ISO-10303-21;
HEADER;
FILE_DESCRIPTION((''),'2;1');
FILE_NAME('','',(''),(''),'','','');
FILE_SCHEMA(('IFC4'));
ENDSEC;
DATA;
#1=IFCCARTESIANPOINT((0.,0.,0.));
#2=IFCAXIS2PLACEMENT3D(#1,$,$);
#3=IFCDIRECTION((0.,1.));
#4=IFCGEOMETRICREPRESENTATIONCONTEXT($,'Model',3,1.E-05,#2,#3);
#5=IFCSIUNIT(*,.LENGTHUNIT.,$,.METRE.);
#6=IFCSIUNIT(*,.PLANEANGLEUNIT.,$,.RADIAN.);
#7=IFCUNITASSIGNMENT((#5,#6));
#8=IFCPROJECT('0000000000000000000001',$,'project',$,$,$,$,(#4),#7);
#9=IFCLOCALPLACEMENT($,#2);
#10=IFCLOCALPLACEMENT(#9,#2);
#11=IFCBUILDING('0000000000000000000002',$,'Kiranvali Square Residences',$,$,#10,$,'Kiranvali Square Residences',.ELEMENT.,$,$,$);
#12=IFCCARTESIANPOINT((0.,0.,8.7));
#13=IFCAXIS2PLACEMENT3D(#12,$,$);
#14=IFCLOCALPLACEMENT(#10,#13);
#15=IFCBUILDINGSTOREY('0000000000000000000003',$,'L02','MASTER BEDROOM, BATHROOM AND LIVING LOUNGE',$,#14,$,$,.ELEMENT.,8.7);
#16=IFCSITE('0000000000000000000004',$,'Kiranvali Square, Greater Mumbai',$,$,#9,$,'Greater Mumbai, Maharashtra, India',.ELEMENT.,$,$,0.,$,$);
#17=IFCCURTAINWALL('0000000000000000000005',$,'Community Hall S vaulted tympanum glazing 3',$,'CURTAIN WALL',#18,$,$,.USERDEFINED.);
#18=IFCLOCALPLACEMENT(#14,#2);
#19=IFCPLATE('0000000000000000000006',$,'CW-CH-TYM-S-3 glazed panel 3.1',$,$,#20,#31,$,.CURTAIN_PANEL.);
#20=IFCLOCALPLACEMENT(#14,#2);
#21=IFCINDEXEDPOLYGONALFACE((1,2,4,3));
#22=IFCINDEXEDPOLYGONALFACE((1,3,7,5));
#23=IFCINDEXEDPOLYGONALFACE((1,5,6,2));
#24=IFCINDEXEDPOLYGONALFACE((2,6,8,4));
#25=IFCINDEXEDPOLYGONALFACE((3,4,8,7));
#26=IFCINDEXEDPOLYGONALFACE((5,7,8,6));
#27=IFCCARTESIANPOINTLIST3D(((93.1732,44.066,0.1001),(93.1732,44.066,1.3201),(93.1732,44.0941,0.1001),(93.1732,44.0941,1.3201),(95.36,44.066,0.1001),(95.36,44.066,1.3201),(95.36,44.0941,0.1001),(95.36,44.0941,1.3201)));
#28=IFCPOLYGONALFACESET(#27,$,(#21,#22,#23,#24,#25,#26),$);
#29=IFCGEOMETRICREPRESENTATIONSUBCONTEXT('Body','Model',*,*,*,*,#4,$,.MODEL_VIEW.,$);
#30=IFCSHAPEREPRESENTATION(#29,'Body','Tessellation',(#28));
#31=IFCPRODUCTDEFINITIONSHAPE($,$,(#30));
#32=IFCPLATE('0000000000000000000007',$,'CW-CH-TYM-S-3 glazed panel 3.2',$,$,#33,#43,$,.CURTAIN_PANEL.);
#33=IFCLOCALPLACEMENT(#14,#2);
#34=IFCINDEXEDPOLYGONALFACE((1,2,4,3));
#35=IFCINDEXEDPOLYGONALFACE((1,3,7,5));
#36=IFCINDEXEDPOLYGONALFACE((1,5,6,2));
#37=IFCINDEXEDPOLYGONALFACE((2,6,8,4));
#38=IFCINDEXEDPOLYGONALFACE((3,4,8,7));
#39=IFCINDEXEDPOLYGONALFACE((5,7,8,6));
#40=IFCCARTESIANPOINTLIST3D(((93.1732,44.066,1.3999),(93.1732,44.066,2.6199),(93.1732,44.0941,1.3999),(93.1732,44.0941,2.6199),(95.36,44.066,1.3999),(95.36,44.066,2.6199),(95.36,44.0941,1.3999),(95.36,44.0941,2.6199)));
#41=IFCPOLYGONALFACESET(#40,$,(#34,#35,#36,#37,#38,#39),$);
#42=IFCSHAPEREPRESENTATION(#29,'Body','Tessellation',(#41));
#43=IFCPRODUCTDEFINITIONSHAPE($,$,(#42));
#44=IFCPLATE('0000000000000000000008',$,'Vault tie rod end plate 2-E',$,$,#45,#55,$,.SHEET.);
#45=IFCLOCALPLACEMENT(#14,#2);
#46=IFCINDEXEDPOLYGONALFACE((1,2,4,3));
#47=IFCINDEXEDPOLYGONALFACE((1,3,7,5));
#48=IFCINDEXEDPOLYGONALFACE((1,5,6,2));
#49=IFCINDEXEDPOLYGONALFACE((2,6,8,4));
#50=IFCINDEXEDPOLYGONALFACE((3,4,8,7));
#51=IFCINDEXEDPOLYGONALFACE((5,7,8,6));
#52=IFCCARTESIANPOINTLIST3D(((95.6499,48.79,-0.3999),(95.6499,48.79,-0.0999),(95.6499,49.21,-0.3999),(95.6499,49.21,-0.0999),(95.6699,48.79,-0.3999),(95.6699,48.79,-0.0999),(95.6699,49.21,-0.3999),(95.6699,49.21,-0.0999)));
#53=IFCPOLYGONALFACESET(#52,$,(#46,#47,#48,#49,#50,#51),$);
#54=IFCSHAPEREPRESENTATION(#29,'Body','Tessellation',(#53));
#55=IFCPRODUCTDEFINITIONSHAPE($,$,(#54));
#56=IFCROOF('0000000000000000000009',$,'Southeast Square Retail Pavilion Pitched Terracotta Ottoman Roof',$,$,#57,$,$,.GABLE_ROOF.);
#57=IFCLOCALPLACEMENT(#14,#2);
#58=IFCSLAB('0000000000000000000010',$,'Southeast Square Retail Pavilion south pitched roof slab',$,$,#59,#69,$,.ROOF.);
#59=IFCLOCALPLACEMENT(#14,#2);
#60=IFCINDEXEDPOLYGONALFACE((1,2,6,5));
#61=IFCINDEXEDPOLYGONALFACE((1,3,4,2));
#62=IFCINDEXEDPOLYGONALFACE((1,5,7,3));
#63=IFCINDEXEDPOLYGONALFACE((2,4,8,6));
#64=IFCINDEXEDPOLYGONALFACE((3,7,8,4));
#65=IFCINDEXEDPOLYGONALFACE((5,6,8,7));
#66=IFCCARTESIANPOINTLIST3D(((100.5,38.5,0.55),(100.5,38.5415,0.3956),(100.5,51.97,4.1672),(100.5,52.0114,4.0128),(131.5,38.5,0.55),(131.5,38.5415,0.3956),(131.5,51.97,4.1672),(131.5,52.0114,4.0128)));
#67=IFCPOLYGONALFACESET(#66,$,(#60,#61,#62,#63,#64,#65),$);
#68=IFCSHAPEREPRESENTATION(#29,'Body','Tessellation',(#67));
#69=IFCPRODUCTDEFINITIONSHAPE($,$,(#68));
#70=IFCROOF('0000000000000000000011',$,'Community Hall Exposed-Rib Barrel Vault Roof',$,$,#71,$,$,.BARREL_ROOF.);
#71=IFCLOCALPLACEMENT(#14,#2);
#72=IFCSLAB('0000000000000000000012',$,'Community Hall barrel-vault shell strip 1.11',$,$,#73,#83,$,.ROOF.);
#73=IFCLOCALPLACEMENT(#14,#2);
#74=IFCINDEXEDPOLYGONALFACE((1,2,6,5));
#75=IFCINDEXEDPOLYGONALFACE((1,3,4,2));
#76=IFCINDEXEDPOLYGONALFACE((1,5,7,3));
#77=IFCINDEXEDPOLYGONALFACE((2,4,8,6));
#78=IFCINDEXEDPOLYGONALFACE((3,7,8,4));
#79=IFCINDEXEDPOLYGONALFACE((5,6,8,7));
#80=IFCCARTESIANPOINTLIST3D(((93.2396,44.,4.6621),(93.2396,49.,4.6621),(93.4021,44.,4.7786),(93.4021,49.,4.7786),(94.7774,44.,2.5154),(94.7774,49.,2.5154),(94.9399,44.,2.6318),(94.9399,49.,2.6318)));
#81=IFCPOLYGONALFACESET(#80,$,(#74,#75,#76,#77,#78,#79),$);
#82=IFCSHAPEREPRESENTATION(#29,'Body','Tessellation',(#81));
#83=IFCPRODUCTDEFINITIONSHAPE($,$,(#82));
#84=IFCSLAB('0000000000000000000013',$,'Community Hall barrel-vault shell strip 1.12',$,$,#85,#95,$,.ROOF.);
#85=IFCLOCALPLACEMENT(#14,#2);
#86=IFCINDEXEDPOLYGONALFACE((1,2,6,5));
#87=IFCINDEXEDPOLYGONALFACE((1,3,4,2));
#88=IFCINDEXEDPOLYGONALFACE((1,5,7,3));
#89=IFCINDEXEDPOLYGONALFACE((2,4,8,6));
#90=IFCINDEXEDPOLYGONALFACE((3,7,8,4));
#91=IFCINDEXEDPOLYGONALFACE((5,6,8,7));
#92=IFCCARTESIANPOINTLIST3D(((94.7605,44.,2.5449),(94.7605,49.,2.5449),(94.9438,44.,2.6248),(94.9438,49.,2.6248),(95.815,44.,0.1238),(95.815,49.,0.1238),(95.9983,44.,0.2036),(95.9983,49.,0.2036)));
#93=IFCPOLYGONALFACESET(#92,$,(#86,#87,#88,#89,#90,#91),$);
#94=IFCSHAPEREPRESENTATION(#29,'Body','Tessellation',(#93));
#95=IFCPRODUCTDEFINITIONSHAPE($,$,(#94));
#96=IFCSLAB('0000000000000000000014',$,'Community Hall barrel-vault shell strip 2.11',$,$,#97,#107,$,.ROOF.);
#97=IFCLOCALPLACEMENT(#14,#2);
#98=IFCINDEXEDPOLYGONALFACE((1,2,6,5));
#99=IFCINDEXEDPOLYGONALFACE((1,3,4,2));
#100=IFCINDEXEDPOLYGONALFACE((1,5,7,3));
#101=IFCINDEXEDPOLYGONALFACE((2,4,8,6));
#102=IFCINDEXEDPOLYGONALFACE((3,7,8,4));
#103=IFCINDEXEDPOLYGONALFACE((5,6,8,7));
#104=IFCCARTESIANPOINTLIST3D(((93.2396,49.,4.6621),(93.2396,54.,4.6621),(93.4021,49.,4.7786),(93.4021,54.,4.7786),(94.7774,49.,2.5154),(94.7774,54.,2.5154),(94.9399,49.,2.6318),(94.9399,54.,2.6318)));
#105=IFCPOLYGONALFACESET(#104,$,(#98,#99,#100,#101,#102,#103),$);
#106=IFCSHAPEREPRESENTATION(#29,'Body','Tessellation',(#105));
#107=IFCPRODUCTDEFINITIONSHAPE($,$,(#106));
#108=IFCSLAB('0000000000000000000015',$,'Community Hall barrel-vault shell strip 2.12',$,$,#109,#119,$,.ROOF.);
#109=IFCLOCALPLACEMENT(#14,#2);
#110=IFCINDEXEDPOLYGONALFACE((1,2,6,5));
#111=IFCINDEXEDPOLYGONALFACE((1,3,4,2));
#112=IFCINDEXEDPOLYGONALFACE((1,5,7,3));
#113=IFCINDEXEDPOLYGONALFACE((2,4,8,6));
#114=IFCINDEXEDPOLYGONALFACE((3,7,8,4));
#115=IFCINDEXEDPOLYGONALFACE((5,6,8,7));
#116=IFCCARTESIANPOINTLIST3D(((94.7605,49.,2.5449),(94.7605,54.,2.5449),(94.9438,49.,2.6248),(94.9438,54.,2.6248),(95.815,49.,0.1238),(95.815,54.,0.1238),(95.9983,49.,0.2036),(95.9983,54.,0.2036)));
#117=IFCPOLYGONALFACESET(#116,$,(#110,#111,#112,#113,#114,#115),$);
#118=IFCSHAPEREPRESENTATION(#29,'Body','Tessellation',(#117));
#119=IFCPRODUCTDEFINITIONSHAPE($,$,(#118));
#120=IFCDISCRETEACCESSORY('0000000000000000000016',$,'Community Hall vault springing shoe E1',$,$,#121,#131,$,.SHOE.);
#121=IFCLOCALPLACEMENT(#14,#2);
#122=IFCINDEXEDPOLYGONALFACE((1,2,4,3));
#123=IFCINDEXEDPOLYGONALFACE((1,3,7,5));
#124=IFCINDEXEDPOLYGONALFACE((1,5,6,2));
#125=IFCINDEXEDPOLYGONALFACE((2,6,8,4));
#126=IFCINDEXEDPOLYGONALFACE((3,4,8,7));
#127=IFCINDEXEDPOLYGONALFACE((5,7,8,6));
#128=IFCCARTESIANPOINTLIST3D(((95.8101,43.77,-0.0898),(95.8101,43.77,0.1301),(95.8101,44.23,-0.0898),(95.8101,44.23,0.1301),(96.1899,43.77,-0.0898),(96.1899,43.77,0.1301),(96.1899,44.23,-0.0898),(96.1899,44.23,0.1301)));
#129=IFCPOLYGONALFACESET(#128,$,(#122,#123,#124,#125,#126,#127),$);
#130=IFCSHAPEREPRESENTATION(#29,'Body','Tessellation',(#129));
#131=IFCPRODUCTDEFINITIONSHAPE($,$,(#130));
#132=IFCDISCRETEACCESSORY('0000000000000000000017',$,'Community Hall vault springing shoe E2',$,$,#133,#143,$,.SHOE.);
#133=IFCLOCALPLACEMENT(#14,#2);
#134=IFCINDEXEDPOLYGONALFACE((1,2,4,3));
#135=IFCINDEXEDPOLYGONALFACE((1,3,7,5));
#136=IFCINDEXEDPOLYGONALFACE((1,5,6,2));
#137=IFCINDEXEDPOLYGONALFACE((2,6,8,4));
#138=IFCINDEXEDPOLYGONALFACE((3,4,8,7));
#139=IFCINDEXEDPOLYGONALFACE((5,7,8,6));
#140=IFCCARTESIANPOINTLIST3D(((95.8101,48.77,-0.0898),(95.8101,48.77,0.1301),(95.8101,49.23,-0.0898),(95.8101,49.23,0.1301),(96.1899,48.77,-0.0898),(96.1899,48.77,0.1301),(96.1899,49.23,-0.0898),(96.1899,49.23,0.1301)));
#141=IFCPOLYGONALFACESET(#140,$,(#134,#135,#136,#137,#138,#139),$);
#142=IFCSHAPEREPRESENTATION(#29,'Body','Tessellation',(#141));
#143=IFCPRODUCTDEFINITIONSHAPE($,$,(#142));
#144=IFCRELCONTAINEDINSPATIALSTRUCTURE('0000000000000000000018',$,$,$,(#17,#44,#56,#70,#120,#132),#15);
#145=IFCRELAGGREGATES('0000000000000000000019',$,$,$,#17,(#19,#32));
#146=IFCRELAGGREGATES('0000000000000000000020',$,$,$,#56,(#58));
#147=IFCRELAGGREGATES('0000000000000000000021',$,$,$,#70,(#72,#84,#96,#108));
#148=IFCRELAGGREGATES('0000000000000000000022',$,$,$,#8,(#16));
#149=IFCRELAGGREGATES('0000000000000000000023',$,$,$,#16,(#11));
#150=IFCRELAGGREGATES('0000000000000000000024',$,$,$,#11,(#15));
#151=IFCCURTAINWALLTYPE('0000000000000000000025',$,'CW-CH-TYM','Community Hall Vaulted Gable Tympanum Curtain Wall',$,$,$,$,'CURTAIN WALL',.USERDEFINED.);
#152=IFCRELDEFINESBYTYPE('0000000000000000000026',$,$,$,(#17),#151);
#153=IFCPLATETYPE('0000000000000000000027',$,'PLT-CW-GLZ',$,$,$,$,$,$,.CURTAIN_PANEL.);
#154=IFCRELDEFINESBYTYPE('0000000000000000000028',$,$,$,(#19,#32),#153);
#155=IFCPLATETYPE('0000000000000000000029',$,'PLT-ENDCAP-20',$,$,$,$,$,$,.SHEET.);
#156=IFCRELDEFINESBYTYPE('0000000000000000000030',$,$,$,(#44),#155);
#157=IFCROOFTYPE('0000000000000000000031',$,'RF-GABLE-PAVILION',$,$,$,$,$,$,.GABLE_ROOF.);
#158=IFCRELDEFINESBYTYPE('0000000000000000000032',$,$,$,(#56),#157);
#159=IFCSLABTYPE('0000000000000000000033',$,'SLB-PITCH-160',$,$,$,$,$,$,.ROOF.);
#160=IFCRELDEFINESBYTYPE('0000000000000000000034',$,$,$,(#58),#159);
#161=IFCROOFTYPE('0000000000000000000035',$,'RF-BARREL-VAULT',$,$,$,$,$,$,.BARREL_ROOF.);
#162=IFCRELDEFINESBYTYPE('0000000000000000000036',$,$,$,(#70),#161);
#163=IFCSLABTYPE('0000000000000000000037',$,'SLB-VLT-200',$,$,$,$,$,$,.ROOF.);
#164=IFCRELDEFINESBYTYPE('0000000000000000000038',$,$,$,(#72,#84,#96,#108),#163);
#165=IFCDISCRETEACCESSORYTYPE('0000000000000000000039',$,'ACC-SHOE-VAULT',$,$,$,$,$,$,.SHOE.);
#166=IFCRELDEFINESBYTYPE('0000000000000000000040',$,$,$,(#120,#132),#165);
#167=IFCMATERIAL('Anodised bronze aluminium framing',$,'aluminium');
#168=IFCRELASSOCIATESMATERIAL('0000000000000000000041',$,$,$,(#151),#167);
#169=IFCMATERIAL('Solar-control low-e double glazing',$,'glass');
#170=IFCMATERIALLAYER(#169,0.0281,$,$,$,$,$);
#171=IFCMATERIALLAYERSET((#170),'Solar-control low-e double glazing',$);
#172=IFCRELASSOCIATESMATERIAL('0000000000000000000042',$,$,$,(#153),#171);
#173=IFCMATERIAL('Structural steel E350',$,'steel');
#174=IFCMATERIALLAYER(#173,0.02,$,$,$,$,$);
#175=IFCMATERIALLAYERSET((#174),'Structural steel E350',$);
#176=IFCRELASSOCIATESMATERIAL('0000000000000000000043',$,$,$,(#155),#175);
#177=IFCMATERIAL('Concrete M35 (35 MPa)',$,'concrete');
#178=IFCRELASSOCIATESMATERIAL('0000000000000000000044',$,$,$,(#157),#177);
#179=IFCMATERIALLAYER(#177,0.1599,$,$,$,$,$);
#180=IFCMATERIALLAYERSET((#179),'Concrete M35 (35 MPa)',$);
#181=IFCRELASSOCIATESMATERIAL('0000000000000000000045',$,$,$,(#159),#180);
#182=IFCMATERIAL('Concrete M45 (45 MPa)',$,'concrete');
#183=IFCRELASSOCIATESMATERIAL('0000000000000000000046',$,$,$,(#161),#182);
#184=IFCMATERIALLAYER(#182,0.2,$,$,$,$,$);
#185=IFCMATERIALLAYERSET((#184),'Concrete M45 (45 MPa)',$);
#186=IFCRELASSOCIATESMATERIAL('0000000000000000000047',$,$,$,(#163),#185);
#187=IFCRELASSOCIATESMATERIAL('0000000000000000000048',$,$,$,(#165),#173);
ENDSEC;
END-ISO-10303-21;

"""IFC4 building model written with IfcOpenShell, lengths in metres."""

from ifc_helpers import new_model, si_unit, direction, frame, origin, origin_2d, place, context, subcontext, project, spatial, polyline, rectangle, outline, extrude, material, layer, layer_set, type_object, element, aggregate, save


model = new_model("IFC4")

# Units and contexts
model_context = context("Model", 3, precision=1e-05, world=origin(), true_north=direction((0.0, 1.0)))
body_context = subcontext(model_context, "Body", "Model", "MODEL_VIEW")
ifc_project = project(units=[si_unit("LENGTHUNIT", "METRE"), si_unit("PLANEANGLEUNIT", "RADIAN")], contexts=[model_context])

# Site, building, storey
site_placement = place(None, origin())
site = spatial("IfcSite", under=ifc_project, at=site_placement, Name="Kiranvali Square, Greater Mumbai", LongName="Greater Mumbai, Maharashtra, India", CompositionType="ELEMENT", RefElevation=0.0)
building_placement = place(site_placement, origin())
building = spatial("IfcBuilding", under=site, at=building_placement, Name="Kiranvali Square Residences", LongName="Kiranvali Square Residences", CompositionType="ELEMENT")
storey_placement = place(building_placement, frame((0.0, 0.0, 8.7)))
storey = spatial("IfcBuildingStorey", under=building, at=storey_placement, Name="L02", Description="MASTER BEDROOM, BATHROOM AND LIVING LOUNGE", CompositionType="ELEMENT", Elevation=8.7)

# Curtain wall
ifc_material_1 = material(Name="Anodised bronze aluminium framing", Category="aluminium")
curtain_wall_type = type_object("IfcCurtainWallType", Name="CW-CH-TYM", Description="Community Hall Vaulted Gable Tympanum Curtain Wall", ElementType="CURTAIN WALL", PredefinedType="USERDEFINED", material=ifc_material_1)
curtain_wall_placement = place(storey_placement, origin())
curtain_wall = element("IfcCurtainWall", 1, at=curtain_wall_placement, inside=storey, type_object=curtain_wall_type, Name="Community Hall S vaulted tympanum glazing 3", ObjectType="CURTAIN WALL", PredefinedType="USERDEFINED")

# Shared definitions
ifc_material_2 = material(Name="Structural steel E350", Category="steel")

# Shared definitions
ifc_material_3 = material(Name="Concrete M45 (45 MPa)", Category="concrete")

# Plates
ifc_material_4 = material(Name="Solar-control low-e double glazing", Category="glass")
ifc_layer_1 = layer(ifc_material_4, 0.0281)
ifc_layer_set_1 = layer_set([ifc_layer_1], Name="Solar-control low-e double glazing")
plate_type_1 = type_object("IfcPlateType", Name="PLT-CW-GLZ", PredefinedType="CURTAIN_PANEL", material=ifc_layer_set_1)
plate_1_placement = place(storey_placement, frame((94.2666, 44.0801, 0.1001), z_axis=(0.0, 0.0, 1.0), x_axis=(1.0, 0.0, 0.0)))
plate_1 = element("IfcPlate", 2, at=plate_1_placement, type_object=plate_type_1, Name="CW-CH-TYM-S-3 glazed panel 3.1", PredefinedType="CURTAIN_PANEL", context=body_context, shape_type="SweptSolid", body=[
    extrude(rectangle(XDim=2.1868, YDim=0.0281, at=origin_2d()), origin(), (0.0, 0.0, 1.0), 1.22),
])
plate_2_placement = place(storey_placement, frame((94.2666, 44.0801, 1.3999), z_axis=(0.0, 0.0, 1.0), x_axis=(1.0, 0.0, 0.0)))
plate_2 = element("IfcPlate", 3, at=plate_2_placement, type_object=plate_type_1, Name="CW-CH-TYM-S-3 glazed panel 3.2", PredefinedType="CURTAIN_PANEL", context=body_context, shape_type="SweptSolid", body=[
    extrude(rectangle(XDim=2.1868, YDim=0.0281, at=origin_2d()), origin(), (0.0, 0.0, 1.0), 1.22),
])
aggregate(curtain_wall, [plate_1, plate_2])
ifc_layer_2 = layer(ifc_material_2, 0.02)
ifc_layer_set_2 = layer_set([ifc_layer_2], Name="Structural steel E350")
plate_type_2 = type_object("IfcPlateType", Name="PLT-ENDCAP-20", PredefinedType="SHEET", material=ifc_layer_set_2)
plate_3_placement = place(storey_placement, frame((95.6599, 49.0, -0.3999), z_axis=(0.0, 0.0, 1.0), x_axis=(1.0, 0.0, 0.0)))
element("IfcPlate", 4, at=plate_3_placement, inside=storey, type_object=plate_type_2, Name="Vault tie rod end plate 2-E", PredefinedType="SHEET", context=body_context, shape_type="SweptSolid", body=[
    extrude(rectangle(XDim=0.02, YDim=0.4199, at=origin_2d()), origin(), (0.0, 0.0, 1.0), 0.3),
])

# Roof, slab
ifc_material_5 = material(Name="Concrete M35 (35 MPa)", Category="concrete")
roof_type_1 = type_object("IfcRoofType", Name="RF-GABLE-PAVILION", PredefinedType="GABLE_ROOF", material=ifc_material_5)
roof_1_placement = place(storey_placement, origin())
roof_1 = element("IfcRoof", 5, at=roof_1_placement, inside=storey, type_object=roof_type_1, Name="Southeast Square Retail Pavilion Pitched Terracotta Ottoman Roof", PredefinedType="GABLE_ROOF")
ifc_layer_3 = layer(ifc_material_5, 0.1599)
ifc_layer_set_3 = layer_set([ifc_layer_3], Name="Concrete M35 (35 MPa)")
slab_type_1 = type_object("IfcSlabType", Name="SLB-PITCH-160", PredefinedType="ROOF", material=ifc_layer_set_3)
slab_1_placement = place(storey_placement, frame((100.5, 38.5, 0.55), z_axis=(0.0, -0.259349, 0.965784), x_axis=(1.0, 0.0, 0.0)))
slab_1 = element("IfcSlab", 6, at=slab_1_placement, type_object=slab_type_1, Name="Southeast Square Retail Pavilion south pitched roof slab", PredefinedType="ROOF", context=body_context, shape_type="SweptSolid", body=[
    extrude(outline(polyline([(0.0, 0.0), (31.0, 0.0), (31.0, 13.9472), (0.0, 13.9472), (0.0, 0.0)])), origin(), (0.0, 0.0, -1.0), 0.1599),
])
aggregate(roof_1, [slab_1])

# Roof, slabs
roof_type_2 = type_object("IfcRoofType", Name="RF-BARREL-VAULT", PredefinedType="BARREL_ROOF", material=ifc_material_3)
roof_2_placement = place(storey_placement, origin())
roof_2 = element("IfcRoof", 7, at=roof_2_placement, inside=storey, type_object=roof_type_2, Name="Community Hall Exposed-Rib Barrel Vault Roof", PredefinedType="BARREL_ROOF")
ifc_layer_4 = layer(ifc_material_3, 0.2)
ifc_layer_set_4 = layer_set([ifc_layer_4], Name="Concrete M45 (45 MPa)")
slab_type_2 = type_object("IfcSlabType", Name="SLB-VLT-200", PredefinedType="ROOF", material=ifc_layer_set_4)
slab_2_placement = place(storey_placement, frame((93.4021, 44.0, 4.7786), z_axis=(0.812933, 0.0, 0.582357), x_axis=(0.582357, 0.0, -0.812933)))
slab_2 = element("IfcSlab", 8, at=slab_2_placement, type_object=slab_type_2, Name="Community Hall barrel-vault shell strip 1.11", PredefinedType="ROOF", context=body_context, shape_type="SweptSolid", body=[
    extrude(outline(polyline([(0.0, 0.0), (2.6407, 0.0), (2.6407, 5.0), (0.0, 5.0), (0.0, 0.0)])), origin(), (0.0, 0.0, -1.0), 0.2),
])
slab_3_placement = place(storey_placement, frame((94.9438, 44.0, 2.6248), z_axis=(0.916824, 0.0, 0.399291), x_axis=(0.399291, 0.0, -0.916824)))
slab_3 = element("IfcSlab", 9, at=slab_3_placement, type_object=slab_type_2, Name="Community Hall barrel-vault shell strip 1.12", PredefinedType="ROOF", context=body_context, shape_type="SweptSolid", body=[
    extrude(outline(polyline([(0.0, 0.0), (2.6408, 0.0), (2.6408, 5.0), (0.0, 5.0), (0.0, 0.0)])), origin(), (0.0, 0.0, -1.0), 0.2),
])
slab_4_placement = place(storey_placement, frame((93.4021, 49.0, 4.7786), z_axis=(0.812933, 0.0, 0.582357), x_axis=(0.582357, 0.0, -0.812933)))
slab_4 = element("IfcSlab", 10, at=slab_4_placement, type_object=slab_type_2, Name="Community Hall barrel-vault shell strip 2.11", PredefinedType="ROOF", context=body_context, shape_type="SweptSolid", body=[
    extrude(outline(polyline([(0.0, 0.0), (2.6407, 0.0), (2.6407, 5.0), (0.0, 5.0), (0.0, 0.0)])), origin(), (0.0, 0.0, -1.0), 0.2),
])
slab_5_placement = place(storey_placement, frame((94.9438, 49.0, 2.6248), z_axis=(0.916824, 0.0, 0.399291), x_axis=(0.399291, 0.0, -0.916824)))
slab_5 = element("IfcSlab", 11, at=slab_5_placement, type_object=slab_type_2, Name="Community Hall barrel-vault shell strip 2.12", PredefinedType="ROOF", context=body_context, shape_type="SweptSolid", body=[
    extrude(outline(polyline([(0.0, 0.0), (2.6408, 0.0), (2.6408, 5.0), (0.0, 5.0), (0.0, 0.0)])), origin(), (0.0, 0.0, -1.0), 0.2),
])
aggregate(roof_2, [slab_2, slab_3, slab_4, slab_5])

# Discrete accessories
discrete_accessory_type = type_object("IfcDiscreteAccessoryType", Name="ACC-SHOE-VAULT", PredefinedType="SHOE", material=ifc_material_2)
for number, where, z_axis, x_axis, name in (
    (12, (96.0, 44.0, -0.0898), (0.0, 0.0, 1.0), (1.0, 0.0, 0.0), "Community Hall vault springing shoe E1"),
    (13, (96.0, 49.0, -0.0898), (0.0, 0.0, 1.0), (1.0, 0.0, 0.0), "Community Hall vault springing shoe E2"),
):
    element("IfcDiscreteAccessory", number, at=place(storey_placement, frame(where, z_axis=z_axis, x_axis=x_axis)), inside=storey, type_object=discrete_accessory_type, Name=name, PredefinedType="SHOE", context=body_context, shape_type="SweptSolid", body=[
        extrude(rectangle(XDim=0.3799, YDim=0.46, at=origin_2d()), origin(), (0.0, 0.0, 1.0), 0.22),
    ])

save(model, "model.ifc")
